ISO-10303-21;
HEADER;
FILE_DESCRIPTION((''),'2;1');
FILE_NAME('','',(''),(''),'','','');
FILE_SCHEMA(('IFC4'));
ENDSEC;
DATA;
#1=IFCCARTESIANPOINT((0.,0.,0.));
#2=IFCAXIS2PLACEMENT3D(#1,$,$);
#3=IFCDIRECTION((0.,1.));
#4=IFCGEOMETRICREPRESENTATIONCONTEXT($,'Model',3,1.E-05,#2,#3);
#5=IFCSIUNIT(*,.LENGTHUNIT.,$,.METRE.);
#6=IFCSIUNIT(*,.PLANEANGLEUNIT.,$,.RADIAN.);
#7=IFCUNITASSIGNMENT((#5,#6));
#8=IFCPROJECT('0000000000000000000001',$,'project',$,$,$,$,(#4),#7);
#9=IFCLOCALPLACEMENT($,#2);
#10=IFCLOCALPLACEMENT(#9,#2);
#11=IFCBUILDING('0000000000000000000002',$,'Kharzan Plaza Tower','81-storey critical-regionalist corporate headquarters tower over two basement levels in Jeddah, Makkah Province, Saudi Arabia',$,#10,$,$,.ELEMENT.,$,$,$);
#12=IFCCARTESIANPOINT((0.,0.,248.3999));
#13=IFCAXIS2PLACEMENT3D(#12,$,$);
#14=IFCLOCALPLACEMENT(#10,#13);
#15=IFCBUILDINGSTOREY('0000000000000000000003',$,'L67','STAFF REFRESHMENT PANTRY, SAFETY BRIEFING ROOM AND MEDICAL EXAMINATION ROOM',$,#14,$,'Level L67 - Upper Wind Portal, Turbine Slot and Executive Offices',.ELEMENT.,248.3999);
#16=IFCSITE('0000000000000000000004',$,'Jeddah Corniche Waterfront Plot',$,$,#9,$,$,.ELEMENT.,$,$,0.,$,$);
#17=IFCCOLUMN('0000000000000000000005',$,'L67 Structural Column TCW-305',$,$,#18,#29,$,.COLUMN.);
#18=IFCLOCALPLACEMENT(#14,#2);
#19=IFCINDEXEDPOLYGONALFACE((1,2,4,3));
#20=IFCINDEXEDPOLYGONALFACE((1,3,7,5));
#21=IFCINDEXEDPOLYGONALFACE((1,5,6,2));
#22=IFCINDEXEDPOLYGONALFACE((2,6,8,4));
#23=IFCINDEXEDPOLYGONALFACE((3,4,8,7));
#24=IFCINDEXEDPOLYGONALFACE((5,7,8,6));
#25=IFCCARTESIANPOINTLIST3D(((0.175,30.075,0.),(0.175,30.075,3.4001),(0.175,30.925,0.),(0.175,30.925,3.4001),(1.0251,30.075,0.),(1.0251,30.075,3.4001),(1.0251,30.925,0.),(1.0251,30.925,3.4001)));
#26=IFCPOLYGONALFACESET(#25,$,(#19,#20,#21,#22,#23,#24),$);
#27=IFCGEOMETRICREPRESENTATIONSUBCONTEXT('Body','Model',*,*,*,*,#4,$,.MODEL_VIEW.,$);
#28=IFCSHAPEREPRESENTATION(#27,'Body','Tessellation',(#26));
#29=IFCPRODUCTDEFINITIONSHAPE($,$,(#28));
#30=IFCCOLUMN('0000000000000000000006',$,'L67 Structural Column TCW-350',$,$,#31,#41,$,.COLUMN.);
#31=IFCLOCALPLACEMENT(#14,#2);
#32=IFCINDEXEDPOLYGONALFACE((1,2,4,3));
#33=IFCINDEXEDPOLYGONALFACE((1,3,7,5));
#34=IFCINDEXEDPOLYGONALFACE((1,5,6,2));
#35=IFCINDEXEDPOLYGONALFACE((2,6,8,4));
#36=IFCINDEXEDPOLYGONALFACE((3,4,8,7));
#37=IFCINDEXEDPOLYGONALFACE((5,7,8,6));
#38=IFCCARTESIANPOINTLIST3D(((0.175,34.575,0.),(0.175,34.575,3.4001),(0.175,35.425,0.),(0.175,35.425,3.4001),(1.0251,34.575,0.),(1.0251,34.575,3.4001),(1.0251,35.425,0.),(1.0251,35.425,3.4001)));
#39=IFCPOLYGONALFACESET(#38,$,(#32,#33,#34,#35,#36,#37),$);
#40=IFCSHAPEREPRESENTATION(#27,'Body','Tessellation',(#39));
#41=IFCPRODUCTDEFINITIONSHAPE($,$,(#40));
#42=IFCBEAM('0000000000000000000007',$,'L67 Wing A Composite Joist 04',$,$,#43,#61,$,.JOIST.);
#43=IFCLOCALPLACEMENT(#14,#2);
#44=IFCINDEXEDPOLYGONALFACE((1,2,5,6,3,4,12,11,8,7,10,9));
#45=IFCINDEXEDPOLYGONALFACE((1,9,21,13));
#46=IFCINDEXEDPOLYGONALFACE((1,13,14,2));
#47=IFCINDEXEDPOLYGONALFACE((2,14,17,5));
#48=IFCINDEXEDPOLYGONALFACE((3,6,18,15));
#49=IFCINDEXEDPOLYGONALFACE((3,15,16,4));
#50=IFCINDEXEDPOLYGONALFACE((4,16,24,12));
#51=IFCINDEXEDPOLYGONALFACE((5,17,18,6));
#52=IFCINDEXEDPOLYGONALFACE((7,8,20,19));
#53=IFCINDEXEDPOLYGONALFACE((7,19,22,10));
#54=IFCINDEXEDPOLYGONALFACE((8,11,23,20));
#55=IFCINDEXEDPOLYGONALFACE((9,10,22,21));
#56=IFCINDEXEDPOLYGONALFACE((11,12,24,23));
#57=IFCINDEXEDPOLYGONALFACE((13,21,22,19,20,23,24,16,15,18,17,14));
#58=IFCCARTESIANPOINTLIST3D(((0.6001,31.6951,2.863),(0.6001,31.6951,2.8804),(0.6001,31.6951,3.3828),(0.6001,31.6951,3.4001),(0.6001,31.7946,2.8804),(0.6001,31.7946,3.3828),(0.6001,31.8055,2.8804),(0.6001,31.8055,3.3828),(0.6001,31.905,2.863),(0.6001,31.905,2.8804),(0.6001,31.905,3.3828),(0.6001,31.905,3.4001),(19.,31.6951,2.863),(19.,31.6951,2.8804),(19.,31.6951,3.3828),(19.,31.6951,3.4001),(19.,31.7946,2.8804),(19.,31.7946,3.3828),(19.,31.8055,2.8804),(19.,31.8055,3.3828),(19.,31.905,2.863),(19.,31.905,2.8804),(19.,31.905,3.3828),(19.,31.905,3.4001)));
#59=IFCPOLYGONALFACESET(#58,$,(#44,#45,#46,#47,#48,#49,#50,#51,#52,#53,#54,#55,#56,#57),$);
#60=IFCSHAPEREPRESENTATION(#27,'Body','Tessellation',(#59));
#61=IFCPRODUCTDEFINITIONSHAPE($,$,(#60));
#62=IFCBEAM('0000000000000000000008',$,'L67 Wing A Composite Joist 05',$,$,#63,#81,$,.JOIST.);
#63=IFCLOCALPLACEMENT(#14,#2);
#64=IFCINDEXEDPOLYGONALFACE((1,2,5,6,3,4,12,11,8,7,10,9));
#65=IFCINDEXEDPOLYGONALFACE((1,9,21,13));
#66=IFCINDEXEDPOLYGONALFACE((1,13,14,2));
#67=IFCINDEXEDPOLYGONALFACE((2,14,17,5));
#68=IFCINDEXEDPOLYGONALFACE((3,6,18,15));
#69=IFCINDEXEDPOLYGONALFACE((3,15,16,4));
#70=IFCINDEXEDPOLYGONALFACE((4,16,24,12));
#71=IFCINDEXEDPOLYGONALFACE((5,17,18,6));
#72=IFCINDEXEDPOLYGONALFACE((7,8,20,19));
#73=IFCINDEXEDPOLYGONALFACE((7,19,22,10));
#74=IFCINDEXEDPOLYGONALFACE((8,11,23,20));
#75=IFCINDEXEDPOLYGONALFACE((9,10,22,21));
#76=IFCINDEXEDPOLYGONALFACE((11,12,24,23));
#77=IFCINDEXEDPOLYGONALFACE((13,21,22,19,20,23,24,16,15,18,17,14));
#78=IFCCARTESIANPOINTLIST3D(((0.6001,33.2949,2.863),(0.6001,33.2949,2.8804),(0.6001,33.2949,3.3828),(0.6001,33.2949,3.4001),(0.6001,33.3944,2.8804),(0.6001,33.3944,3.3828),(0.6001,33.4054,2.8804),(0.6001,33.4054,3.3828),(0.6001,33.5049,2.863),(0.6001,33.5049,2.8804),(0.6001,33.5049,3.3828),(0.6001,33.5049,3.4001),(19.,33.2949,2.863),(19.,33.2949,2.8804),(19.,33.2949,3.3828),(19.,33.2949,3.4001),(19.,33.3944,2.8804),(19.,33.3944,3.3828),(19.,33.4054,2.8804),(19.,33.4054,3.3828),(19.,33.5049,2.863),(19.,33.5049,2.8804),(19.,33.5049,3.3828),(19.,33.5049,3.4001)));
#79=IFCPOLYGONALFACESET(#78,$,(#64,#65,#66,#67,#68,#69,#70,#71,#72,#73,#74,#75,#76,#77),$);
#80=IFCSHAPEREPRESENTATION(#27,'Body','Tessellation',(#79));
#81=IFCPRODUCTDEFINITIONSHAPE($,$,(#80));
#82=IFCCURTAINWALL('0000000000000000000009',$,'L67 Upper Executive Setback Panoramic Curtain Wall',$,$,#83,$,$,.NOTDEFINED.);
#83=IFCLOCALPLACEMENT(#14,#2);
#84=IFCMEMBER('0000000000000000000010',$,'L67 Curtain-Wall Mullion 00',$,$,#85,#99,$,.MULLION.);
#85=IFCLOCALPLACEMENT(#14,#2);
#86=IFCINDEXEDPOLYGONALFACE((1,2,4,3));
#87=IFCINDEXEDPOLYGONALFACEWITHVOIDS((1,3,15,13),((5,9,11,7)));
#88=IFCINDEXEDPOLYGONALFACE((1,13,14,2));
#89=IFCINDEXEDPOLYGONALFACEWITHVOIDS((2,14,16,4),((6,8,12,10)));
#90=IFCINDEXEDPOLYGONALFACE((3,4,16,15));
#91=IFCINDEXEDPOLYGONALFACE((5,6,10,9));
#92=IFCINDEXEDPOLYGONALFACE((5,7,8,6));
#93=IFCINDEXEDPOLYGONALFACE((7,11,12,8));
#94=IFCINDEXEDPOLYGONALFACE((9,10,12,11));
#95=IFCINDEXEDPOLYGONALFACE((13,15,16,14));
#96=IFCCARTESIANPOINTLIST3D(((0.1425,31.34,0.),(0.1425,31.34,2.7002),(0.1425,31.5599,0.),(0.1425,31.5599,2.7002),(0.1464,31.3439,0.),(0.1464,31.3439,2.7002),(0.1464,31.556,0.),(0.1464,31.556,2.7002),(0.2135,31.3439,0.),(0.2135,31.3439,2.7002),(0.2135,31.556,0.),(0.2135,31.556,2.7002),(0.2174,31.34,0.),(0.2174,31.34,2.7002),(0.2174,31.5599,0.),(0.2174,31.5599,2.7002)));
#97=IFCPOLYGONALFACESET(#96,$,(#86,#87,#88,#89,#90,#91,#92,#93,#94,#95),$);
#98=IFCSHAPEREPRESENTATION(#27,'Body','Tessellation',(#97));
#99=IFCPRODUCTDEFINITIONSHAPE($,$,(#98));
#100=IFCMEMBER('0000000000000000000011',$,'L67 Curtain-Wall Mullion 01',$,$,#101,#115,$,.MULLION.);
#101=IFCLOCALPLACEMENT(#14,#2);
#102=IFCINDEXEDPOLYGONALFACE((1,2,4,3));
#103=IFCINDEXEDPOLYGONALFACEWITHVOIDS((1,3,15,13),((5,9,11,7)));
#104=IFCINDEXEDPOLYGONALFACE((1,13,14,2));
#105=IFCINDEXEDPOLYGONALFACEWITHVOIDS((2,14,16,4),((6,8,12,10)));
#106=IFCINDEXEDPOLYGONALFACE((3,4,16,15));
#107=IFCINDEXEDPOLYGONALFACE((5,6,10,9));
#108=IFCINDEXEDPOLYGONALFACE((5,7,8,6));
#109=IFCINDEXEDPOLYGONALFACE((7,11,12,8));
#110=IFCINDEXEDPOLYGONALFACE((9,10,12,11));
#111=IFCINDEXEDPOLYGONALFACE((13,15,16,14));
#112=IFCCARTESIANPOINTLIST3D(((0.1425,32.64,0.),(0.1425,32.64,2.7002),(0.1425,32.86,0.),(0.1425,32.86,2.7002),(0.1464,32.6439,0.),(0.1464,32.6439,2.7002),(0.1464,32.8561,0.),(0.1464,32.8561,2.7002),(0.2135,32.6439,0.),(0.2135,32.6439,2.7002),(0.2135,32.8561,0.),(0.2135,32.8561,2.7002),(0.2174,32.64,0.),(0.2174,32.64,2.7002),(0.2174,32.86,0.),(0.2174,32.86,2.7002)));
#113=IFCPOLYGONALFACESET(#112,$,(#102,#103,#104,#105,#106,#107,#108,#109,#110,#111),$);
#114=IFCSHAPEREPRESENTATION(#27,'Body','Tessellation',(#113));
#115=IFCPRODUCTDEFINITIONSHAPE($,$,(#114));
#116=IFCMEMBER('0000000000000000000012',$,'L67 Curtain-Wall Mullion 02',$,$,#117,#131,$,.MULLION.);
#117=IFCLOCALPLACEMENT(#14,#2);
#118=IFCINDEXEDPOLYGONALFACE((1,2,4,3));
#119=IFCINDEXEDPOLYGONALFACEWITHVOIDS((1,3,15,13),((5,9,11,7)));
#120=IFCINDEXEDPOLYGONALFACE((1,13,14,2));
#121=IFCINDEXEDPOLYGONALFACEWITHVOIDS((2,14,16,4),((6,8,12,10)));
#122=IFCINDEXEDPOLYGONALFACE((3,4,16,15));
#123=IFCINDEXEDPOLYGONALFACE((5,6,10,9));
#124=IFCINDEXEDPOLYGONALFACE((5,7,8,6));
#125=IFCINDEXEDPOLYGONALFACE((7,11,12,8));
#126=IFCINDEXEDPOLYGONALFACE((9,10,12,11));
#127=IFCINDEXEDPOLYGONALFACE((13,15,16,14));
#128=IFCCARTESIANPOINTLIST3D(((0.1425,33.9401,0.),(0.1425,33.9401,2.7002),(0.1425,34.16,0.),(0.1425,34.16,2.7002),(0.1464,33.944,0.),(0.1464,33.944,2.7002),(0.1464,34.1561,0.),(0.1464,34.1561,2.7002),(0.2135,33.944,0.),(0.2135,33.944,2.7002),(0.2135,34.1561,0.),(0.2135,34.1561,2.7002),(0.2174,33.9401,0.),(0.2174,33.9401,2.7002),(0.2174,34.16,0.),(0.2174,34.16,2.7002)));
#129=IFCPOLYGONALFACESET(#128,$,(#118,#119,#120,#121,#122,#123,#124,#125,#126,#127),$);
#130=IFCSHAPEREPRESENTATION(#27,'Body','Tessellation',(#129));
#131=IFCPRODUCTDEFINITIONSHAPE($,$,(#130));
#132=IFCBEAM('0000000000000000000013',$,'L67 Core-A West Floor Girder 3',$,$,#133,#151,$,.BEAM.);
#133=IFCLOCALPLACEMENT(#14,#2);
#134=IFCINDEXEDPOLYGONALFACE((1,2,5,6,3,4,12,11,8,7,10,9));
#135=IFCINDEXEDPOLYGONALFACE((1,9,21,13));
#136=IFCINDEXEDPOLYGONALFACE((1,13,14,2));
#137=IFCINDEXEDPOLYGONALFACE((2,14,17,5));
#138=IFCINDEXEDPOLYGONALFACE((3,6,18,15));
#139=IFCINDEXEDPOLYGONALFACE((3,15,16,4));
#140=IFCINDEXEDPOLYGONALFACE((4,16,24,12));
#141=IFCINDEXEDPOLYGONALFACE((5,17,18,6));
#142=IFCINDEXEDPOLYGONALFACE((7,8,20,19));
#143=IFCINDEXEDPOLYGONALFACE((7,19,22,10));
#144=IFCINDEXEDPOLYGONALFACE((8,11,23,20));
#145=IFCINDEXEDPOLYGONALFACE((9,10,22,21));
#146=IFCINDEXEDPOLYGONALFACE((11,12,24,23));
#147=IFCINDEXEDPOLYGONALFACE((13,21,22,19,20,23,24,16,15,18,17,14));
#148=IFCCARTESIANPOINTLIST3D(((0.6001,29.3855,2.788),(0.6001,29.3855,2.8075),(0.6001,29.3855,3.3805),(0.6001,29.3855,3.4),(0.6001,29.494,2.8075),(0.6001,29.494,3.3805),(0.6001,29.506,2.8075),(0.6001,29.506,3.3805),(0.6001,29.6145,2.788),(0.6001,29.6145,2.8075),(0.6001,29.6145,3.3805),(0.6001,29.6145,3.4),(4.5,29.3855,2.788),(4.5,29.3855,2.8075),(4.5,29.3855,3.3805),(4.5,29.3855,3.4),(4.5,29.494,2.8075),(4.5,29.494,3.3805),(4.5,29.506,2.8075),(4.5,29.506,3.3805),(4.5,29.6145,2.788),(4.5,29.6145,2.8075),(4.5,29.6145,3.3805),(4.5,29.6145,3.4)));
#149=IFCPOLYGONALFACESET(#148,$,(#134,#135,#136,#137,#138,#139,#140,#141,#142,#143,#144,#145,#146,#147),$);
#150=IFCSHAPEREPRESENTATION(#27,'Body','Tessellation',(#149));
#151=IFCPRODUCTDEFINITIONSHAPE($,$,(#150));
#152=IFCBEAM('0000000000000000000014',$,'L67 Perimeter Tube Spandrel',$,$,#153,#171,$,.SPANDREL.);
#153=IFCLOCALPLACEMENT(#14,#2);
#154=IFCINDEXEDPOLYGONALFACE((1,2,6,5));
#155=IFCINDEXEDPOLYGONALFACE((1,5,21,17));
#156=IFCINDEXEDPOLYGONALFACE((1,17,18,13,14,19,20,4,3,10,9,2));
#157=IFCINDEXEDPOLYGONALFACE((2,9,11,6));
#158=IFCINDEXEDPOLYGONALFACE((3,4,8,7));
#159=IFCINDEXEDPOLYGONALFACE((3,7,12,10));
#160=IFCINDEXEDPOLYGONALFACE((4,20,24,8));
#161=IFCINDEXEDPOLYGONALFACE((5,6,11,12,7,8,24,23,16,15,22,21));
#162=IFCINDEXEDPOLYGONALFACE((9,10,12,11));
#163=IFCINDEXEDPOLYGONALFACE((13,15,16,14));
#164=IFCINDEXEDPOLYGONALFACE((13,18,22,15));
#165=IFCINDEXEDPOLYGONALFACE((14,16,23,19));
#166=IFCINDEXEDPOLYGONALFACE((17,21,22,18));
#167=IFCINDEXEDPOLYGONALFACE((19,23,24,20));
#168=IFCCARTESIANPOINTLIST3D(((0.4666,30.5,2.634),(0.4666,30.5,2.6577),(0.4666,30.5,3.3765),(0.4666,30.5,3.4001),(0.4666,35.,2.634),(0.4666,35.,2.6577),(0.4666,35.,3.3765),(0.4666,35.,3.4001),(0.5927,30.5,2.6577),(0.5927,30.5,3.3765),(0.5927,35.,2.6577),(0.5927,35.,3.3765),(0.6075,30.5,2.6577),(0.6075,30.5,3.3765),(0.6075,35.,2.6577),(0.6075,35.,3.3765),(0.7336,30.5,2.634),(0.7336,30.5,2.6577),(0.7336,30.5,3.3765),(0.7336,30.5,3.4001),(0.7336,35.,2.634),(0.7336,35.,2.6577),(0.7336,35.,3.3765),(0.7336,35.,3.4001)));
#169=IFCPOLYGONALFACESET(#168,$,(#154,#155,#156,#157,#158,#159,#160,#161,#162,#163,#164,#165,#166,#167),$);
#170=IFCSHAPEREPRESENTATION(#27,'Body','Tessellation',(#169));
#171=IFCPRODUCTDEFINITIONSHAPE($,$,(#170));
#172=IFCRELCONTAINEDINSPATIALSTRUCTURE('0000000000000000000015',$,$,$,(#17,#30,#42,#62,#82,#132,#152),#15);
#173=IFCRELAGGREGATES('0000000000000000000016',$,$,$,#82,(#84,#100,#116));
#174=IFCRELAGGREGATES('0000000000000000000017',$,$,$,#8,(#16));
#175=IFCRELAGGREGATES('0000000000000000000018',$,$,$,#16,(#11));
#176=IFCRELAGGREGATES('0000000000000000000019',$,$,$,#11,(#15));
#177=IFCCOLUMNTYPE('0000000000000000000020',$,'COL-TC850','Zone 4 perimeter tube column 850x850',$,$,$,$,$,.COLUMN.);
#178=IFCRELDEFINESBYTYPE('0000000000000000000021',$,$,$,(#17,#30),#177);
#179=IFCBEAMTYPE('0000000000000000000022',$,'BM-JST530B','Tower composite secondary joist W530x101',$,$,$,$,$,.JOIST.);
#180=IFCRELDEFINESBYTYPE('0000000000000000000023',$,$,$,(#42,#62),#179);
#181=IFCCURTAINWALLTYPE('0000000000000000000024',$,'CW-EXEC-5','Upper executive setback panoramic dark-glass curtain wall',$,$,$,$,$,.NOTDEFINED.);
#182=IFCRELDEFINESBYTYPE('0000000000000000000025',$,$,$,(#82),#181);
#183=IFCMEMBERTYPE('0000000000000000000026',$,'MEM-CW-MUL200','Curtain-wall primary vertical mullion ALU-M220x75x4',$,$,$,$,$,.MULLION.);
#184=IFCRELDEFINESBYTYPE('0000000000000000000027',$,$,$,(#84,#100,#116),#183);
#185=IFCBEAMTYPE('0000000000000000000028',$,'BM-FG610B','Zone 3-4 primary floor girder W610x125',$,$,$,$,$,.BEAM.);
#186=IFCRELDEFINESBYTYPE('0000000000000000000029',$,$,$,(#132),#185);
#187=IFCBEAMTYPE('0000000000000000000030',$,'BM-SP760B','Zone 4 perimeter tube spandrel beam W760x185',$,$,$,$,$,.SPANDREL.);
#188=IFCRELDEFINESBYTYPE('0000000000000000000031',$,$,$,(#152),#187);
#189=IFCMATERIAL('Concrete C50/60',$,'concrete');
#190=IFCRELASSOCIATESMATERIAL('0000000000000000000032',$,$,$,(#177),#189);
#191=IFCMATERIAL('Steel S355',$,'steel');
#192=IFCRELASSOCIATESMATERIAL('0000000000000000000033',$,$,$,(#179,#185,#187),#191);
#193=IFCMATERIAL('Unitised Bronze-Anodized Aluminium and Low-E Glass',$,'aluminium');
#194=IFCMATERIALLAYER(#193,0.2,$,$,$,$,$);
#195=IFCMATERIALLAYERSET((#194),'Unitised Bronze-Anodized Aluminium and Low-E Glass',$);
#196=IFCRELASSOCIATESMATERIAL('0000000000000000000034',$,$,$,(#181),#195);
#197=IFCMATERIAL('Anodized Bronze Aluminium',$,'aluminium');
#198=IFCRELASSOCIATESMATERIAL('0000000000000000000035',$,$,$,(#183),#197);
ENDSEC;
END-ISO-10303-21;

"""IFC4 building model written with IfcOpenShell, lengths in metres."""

from ifc_helpers import new_model, si_unit, direction, frame, origin, origin_2d, place, context, subcontext, project, spatial, rectangle, hollow_rectangle, i_section, extrude, source, transform, mapped, material, layer, layer_set, material_profile, profile_set, type_object, element, aggregate, save


model = new_model("IFC4")

# Units and contexts
model_context = context("Model", 3, precision=1e-05, world=origin(), true_north=direction((0.0, 1.0)))
body_context = subcontext(model_context, "Body", "Model", "MODEL_VIEW")
ifc_project = project(units=[si_unit("LENGTHUNIT", "METRE"), si_unit("PLANEANGLEUNIT", "RADIAN")], contexts=[model_context])

# Site, building, storey
site_placement = place(None, origin())
site = spatial("IfcSite", under=ifc_project, at=site_placement, Name="Jeddah Corniche Waterfront Plot", CompositionType="ELEMENT", RefElevation=0.0)
building_placement = place(site_placement, origin())
building = spatial("IfcBuilding", under=site, at=building_placement, Name="Kharzan Plaza Tower", Description="81-storey critical-regionalist corporate headquarters tower over two basement levels in Jeddah, Makkah Province, Saudi Arabia", CompositionType="ELEMENT")
storey_placement = place(building_placement, frame((0.0, 0.0, 248.3999)))
storey = spatial("IfcBuildingStorey", under=building, at=storey_placement, Name="L67", Description="STAFF REFRESHMENT PANTRY, SAFETY BRIEFING ROOM AND MEDICAL EXAMINATION ROOM", LongName="Level L67 - Upper Wind Portal, Turbine Slot and Executive Offices", CompositionType="ELEMENT", Elevation=248.3999)

# Columns
ifc_material_1 = material(Name="Concrete C50/60", Category="concrete")
ifc_material_profile_1 = material_profile(ifc_material_1, rectangle(XDim=0.8501, YDim=0.8501, at=origin_2d()), Name="RC-TC850x850")
ifc_profile_set_1 = profile_set([ifc_material_profile_1], Name="Concrete C50/60")
column_type = type_object("IfcColumnType", Name="COL-TC850", Description="Zone 4 perimeter tube column 850x850", PredefinedType="COLUMN", material=ifc_profile_set_1)
shared_shape_1 = source(origin(), body_context, "Body", "SweptSolid", [
    extrude(rectangle(XDim=0.8501, YDim=0.8501, at=origin_2d()), origin(), (0.0, 0.0, 1.0), 3.4001),
])
for number, where, z_axis, x_axis, name in (
    (1, (0.6001, 30.5, 0.0), (0.0, 0.0, 1.0), (1.0, 0.0, 0.0), "L67 Structural Column TCW-305"),
    (2, (0.6001, 35.0, 0.0), (0.0, 0.0, 1.0), (1.0, 0.0, 0.0), "L67 Structural Column TCW-350"),
):
    element("IfcColumn", number, at=place(storey_placement, frame(where, z_axis=z_axis, x_axis=x_axis)), inside=storey, type_object=column_type, Name=name, PredefinedType="COLUMN", context=body_context, shape_type="MappedRepresentation", body=[
        mapped(shared_shape_1, transform((0.0, 0.0, 0.0), x_axis=(1.0, 0.0, 0.0), y_axis=(0.0, 1.0, 0.0), z_axis=(0.0, 0.0, 1.0))),
    ])

# Beams
ifc_material_2 = material(Name="Steel S355", Category="steel")
ifc_material_profile_2 = material_profile(ifc_material_2, i_section(OverallWidth=0.21, OverallDepth=0.5371, WebThickness=0.011, FlangeThickness=0.0173, at=origin_2d()), Name="W530x101")
ifc_profile_set_2 = profile_set([ifc_material_profile_2], Name="Steel S355")
beam_type_1 = type_object("IfcBeamType", Name="BM-JST530B", Description="Tower composite secondary joist W530x101", PredefinedType="JOIST", material=ifc_profile_set_2)
shared_shape_2 = source(origin(), body_context, "Body", "SweptSolid", [
    extrude(i_section(OverallWidth=0.21, OverallDepth=0.5371, WebThickness=0.011, FlangeThickness=0.0173, at=origin_2d()), origin(), (0.0, 0.0, 1.0), 18.3999),
])
for number, where, z_axis, x_axis, name in (
    (3, (0.6001, 31.8, 3.1316), (1.0, 0.0, 0.0), (0.0, 1.0, 0.0), "L67 Wing A Composite Joist 04"),
    (4, (0.6001, 33.3999, 3.1316), (1.0, 0.0, 0.0), (0.0, 1.0, 0.0), "L67 Wing A Composite Joist 05"),
):
    element("IfcBeam", number, at=place(storey_placement, frame(where, z_axis=z_axis, x_axis=x_axis)), inside=storey, type_object=beam_type_1, Name=name, PredefinedType="JOIST", context=body_context, shape_type="MappedRepresentation", body=[
        mapped(shared_shape_2, transform((0.0, 0.0, 0.0), x_axis=(1.0, 0.0, 0.0), y_axis=(0.0, 1.0, 0.0), z_axis=(0.0, 0.0, 1.0))),
    ])

# Curtain wall, members
ifc_material_3 = material(Name="Unitised Bronze-Anodized Aluminium and Low-E Glass", Category="aluminium")
ifc_layer_1 = layer(ifc_material_3, 0.2)
ifc_layer_set_1 = layer_set([ifc_layer_1], Name="Unitised Bronze-Anodized Aluminium and Low-E Glass")
curtain_wall_type = type_object("IfcCurtainWallType", Name="CW-EXEC-5", Description="Upper executive setback panoramic dark-glass curtain wall", PredefinedType="NOTDEFINED", material=ifc_layer_set_1)
curtain_wall_placement = place(storey_placement, origin())
curtain_wall = element("IfcCurtainWall", 5, at=curtain_wall_placement, inside=storey, type_object=curtain_wall_type, Name="L67 Upper Executive Setback Panoramic Curtain Wall", PredefinedType="NOTDEFINED")
ifc_material_4 = material(Name="Anodized Bronze Aluminium", Category="aluminium")
ifc_material_profile_3 = material_profile(ifc_material_4, hollow_rectangle(XDim=0.075, YDim=0.22, WallThickness=0.0039, at=origin_2d()), Name="ALU-M220x75x4")
ifc_profile_set_3 = profile_set([ifc_material_profile_3], Name="Anodized Bronze Aluminium")
member_type_1 = type_object("IfcMemberType", Name="MEM-CW-MUL200", Description="Curtain-wall primary vertical mullion ALU-M220x75x4", PredefinedType="MULLION", material=ifc_profile_set_3)
shared_shape_3 = source(origin(), body_context, "Body", "SweptSolid", [
    extrude(hollow_rectangle(XDim=0.075, YDim=0.22, WallThickness=0.0039, at=origin_2d()), origin(), (0.0, 0.0, 1.0), 2.7002),
])
member_1_placement = place(storey_placement, frame((0.1799, 31.45, 0.0), z_axis=(0.0, 0.0, 1.0), x_axis=(1.0, 0.0, 0.0)))
member_1 = element("IfcMember", 6, at=member_1_placement, type_object=member_type_1, Name="L67 Curtain-Wall Mullion 00", PredefinedType="MULLION", context=body_context, shape_type="MappedRepresentation", body=[
    mapped(shared_shape_3, transform((0.0, 0.0, 0.0), x_axis=(1.0, 0.0, 0.0), y_axis=(0.0, 1.0, 0.0), z_axis=(0.0, 0.0, 1.0))),
])
member_2_placement = place(storey_placement, frame((0.1799, 32.75, 0.0), z_axis=(0.0, 0.0, 1.0), x_axis=(1.0, 0.0, 0.0)))
member_2 = element("IfcMember", 7, at=member_2_placement, type_object=member_type_1, Name="L67 Curtain-Wall Mullion 01", PredefinedType="MULLION", context=body_context, shape_type="MappedRepresentation", body=[
    mapped(shared_shape_3, transform((0.0, 0.0, 0.0), x_axis=(1.0, 0.0, 0.0), y_axis=(0.0, 1.0, 0.0), z_axis=(0.0, 0.0, 1.0))),
])
member_3_placement = place(storey_placement, frame((0.1799, 34.05, 0.0), z_axis=(0.0, 0.0, 1.0), x_axis=(1.0, 0.0, 0.0)))
member_3 = element("IfcMember", 8, at=member_3_placement, type_object=member_type_1, Name="L67 Curtain-Wall Mullion 02", PredefinedType="MULLION", context=body_context, shape_type="MappedRepresentation", body=[
    mapped(shared_shape_3, transform((0.0, 0.0, 0.0), x_axis=(1.0, 0.0, 0.0), y_axis=(0.0, 1.0, 0.0), z_axis=(0.0, 0.0, 1.0))),
])

# Beams
ifc_material_profile_4 = material_profile(ifc_material_2, i_section(OverallWidth=0.229, OverallDepth=0.6121, WebThickness=0.012, FlangeThickness=0.0195, at=origin_2d()), Name="W610x125")
ifc_profile_set_4 = profile_set([ifc_material_profile_4], Name="Steel S355")
beam_type_2 = type_object("IfcBeamType", Name="BM-FG610B", Description="Zone 3-4 primary floor girder W610x125", PredefinedType="BEAM", material=ifc_profile_set_4)
shared_shape_4 = source(origin(), body_context, "Body", "SweptSolid", [
    extrude(i_section(OverallWidth=0.229, OverallDepth=0.6121, WebThickness=0.012, FlangeThickness=0.0195, at=origin_2d()), origin(), (0.0, 0.0, 1.0), 3.8999),
])
beam_1_placement = place(storey_placement, frame((0.6001, 29.5, 3.094), z_axis=(1.0, 0.0, 0.0), x_axis=(0.0, 1.0, 0.0)))
element("IfcBeam", 9, at=beam_1_placement, inside=storey, type_object=beam_type_2, Name="L67 Core-A West Floor Girder 3", PredefinedType="BEAM", context=body_context, shape_type="MappedRepresentation", body=[
    mapped(shared_shape_4, transform((0.0, 0.0, 0.0), x_axis=(1.0, 0.0, 0.0), y_axis=(0.0, 1.0, 0.0), z_axis=(0.0, 0.0, 1.0))),
])
ifc_material_profile_5 = material_profile(ifc_material_2, i_section(OverallWidth=0.2671, OverallDepth=0.7661, WebThickness=0.0149, FlangeThickness=0.0237, at=origin_2d()), Name="W760x185")
ifc_profile_set_5 = profile_set([ifc_material_profile_5], Name="Steel S355")
beam_type_3 = type_object("IfcBeamType", Name="BM-SP760B", Description="Zone 4 perimeter tube spandrel beam W760x185", PredefinedType="SPANDREL", material=ifc_profile_set_5)
shared_shape_5 = source(origin(), body_context, "Body", "SweptSolid", [
    extrude(i_section(OverallWidth=0.2671, OverallDepth=0.7661, WebThickness=0.0149, FlangeThickness=0.0237, at=origin_2d()), origin(), (0.0, 0.0, 1.0), 4.5),
])
beam_2_placement = place(storey_placement, frame((0.6001, 30.5, 3.0171), z_axis=(0.0, 1.0, 0.0), x_axis=(-1.0, 0.0, 0.0)))
element("IfcBeam", 10, at=beam_2_placement, inside=storey, type_object=beam_type_3, Name="L67 Perimeter Tube Spandrel", PredefinedType="SPANDREL", context=body_context, shape_type="MappedRepresentation", body=[
    mapped(shared_shape_5, transform((0.0, 0.0, 0.0), x_axis=(1.0, 0.0, 0.0), y_axis=(0.0, 1.0, 0.0), z_axis=(0.0, 0.0, 1.0))),
])

aggregate(curtain_wall, [member_1, member_2, member_3])

save(model, "model.ifc")
